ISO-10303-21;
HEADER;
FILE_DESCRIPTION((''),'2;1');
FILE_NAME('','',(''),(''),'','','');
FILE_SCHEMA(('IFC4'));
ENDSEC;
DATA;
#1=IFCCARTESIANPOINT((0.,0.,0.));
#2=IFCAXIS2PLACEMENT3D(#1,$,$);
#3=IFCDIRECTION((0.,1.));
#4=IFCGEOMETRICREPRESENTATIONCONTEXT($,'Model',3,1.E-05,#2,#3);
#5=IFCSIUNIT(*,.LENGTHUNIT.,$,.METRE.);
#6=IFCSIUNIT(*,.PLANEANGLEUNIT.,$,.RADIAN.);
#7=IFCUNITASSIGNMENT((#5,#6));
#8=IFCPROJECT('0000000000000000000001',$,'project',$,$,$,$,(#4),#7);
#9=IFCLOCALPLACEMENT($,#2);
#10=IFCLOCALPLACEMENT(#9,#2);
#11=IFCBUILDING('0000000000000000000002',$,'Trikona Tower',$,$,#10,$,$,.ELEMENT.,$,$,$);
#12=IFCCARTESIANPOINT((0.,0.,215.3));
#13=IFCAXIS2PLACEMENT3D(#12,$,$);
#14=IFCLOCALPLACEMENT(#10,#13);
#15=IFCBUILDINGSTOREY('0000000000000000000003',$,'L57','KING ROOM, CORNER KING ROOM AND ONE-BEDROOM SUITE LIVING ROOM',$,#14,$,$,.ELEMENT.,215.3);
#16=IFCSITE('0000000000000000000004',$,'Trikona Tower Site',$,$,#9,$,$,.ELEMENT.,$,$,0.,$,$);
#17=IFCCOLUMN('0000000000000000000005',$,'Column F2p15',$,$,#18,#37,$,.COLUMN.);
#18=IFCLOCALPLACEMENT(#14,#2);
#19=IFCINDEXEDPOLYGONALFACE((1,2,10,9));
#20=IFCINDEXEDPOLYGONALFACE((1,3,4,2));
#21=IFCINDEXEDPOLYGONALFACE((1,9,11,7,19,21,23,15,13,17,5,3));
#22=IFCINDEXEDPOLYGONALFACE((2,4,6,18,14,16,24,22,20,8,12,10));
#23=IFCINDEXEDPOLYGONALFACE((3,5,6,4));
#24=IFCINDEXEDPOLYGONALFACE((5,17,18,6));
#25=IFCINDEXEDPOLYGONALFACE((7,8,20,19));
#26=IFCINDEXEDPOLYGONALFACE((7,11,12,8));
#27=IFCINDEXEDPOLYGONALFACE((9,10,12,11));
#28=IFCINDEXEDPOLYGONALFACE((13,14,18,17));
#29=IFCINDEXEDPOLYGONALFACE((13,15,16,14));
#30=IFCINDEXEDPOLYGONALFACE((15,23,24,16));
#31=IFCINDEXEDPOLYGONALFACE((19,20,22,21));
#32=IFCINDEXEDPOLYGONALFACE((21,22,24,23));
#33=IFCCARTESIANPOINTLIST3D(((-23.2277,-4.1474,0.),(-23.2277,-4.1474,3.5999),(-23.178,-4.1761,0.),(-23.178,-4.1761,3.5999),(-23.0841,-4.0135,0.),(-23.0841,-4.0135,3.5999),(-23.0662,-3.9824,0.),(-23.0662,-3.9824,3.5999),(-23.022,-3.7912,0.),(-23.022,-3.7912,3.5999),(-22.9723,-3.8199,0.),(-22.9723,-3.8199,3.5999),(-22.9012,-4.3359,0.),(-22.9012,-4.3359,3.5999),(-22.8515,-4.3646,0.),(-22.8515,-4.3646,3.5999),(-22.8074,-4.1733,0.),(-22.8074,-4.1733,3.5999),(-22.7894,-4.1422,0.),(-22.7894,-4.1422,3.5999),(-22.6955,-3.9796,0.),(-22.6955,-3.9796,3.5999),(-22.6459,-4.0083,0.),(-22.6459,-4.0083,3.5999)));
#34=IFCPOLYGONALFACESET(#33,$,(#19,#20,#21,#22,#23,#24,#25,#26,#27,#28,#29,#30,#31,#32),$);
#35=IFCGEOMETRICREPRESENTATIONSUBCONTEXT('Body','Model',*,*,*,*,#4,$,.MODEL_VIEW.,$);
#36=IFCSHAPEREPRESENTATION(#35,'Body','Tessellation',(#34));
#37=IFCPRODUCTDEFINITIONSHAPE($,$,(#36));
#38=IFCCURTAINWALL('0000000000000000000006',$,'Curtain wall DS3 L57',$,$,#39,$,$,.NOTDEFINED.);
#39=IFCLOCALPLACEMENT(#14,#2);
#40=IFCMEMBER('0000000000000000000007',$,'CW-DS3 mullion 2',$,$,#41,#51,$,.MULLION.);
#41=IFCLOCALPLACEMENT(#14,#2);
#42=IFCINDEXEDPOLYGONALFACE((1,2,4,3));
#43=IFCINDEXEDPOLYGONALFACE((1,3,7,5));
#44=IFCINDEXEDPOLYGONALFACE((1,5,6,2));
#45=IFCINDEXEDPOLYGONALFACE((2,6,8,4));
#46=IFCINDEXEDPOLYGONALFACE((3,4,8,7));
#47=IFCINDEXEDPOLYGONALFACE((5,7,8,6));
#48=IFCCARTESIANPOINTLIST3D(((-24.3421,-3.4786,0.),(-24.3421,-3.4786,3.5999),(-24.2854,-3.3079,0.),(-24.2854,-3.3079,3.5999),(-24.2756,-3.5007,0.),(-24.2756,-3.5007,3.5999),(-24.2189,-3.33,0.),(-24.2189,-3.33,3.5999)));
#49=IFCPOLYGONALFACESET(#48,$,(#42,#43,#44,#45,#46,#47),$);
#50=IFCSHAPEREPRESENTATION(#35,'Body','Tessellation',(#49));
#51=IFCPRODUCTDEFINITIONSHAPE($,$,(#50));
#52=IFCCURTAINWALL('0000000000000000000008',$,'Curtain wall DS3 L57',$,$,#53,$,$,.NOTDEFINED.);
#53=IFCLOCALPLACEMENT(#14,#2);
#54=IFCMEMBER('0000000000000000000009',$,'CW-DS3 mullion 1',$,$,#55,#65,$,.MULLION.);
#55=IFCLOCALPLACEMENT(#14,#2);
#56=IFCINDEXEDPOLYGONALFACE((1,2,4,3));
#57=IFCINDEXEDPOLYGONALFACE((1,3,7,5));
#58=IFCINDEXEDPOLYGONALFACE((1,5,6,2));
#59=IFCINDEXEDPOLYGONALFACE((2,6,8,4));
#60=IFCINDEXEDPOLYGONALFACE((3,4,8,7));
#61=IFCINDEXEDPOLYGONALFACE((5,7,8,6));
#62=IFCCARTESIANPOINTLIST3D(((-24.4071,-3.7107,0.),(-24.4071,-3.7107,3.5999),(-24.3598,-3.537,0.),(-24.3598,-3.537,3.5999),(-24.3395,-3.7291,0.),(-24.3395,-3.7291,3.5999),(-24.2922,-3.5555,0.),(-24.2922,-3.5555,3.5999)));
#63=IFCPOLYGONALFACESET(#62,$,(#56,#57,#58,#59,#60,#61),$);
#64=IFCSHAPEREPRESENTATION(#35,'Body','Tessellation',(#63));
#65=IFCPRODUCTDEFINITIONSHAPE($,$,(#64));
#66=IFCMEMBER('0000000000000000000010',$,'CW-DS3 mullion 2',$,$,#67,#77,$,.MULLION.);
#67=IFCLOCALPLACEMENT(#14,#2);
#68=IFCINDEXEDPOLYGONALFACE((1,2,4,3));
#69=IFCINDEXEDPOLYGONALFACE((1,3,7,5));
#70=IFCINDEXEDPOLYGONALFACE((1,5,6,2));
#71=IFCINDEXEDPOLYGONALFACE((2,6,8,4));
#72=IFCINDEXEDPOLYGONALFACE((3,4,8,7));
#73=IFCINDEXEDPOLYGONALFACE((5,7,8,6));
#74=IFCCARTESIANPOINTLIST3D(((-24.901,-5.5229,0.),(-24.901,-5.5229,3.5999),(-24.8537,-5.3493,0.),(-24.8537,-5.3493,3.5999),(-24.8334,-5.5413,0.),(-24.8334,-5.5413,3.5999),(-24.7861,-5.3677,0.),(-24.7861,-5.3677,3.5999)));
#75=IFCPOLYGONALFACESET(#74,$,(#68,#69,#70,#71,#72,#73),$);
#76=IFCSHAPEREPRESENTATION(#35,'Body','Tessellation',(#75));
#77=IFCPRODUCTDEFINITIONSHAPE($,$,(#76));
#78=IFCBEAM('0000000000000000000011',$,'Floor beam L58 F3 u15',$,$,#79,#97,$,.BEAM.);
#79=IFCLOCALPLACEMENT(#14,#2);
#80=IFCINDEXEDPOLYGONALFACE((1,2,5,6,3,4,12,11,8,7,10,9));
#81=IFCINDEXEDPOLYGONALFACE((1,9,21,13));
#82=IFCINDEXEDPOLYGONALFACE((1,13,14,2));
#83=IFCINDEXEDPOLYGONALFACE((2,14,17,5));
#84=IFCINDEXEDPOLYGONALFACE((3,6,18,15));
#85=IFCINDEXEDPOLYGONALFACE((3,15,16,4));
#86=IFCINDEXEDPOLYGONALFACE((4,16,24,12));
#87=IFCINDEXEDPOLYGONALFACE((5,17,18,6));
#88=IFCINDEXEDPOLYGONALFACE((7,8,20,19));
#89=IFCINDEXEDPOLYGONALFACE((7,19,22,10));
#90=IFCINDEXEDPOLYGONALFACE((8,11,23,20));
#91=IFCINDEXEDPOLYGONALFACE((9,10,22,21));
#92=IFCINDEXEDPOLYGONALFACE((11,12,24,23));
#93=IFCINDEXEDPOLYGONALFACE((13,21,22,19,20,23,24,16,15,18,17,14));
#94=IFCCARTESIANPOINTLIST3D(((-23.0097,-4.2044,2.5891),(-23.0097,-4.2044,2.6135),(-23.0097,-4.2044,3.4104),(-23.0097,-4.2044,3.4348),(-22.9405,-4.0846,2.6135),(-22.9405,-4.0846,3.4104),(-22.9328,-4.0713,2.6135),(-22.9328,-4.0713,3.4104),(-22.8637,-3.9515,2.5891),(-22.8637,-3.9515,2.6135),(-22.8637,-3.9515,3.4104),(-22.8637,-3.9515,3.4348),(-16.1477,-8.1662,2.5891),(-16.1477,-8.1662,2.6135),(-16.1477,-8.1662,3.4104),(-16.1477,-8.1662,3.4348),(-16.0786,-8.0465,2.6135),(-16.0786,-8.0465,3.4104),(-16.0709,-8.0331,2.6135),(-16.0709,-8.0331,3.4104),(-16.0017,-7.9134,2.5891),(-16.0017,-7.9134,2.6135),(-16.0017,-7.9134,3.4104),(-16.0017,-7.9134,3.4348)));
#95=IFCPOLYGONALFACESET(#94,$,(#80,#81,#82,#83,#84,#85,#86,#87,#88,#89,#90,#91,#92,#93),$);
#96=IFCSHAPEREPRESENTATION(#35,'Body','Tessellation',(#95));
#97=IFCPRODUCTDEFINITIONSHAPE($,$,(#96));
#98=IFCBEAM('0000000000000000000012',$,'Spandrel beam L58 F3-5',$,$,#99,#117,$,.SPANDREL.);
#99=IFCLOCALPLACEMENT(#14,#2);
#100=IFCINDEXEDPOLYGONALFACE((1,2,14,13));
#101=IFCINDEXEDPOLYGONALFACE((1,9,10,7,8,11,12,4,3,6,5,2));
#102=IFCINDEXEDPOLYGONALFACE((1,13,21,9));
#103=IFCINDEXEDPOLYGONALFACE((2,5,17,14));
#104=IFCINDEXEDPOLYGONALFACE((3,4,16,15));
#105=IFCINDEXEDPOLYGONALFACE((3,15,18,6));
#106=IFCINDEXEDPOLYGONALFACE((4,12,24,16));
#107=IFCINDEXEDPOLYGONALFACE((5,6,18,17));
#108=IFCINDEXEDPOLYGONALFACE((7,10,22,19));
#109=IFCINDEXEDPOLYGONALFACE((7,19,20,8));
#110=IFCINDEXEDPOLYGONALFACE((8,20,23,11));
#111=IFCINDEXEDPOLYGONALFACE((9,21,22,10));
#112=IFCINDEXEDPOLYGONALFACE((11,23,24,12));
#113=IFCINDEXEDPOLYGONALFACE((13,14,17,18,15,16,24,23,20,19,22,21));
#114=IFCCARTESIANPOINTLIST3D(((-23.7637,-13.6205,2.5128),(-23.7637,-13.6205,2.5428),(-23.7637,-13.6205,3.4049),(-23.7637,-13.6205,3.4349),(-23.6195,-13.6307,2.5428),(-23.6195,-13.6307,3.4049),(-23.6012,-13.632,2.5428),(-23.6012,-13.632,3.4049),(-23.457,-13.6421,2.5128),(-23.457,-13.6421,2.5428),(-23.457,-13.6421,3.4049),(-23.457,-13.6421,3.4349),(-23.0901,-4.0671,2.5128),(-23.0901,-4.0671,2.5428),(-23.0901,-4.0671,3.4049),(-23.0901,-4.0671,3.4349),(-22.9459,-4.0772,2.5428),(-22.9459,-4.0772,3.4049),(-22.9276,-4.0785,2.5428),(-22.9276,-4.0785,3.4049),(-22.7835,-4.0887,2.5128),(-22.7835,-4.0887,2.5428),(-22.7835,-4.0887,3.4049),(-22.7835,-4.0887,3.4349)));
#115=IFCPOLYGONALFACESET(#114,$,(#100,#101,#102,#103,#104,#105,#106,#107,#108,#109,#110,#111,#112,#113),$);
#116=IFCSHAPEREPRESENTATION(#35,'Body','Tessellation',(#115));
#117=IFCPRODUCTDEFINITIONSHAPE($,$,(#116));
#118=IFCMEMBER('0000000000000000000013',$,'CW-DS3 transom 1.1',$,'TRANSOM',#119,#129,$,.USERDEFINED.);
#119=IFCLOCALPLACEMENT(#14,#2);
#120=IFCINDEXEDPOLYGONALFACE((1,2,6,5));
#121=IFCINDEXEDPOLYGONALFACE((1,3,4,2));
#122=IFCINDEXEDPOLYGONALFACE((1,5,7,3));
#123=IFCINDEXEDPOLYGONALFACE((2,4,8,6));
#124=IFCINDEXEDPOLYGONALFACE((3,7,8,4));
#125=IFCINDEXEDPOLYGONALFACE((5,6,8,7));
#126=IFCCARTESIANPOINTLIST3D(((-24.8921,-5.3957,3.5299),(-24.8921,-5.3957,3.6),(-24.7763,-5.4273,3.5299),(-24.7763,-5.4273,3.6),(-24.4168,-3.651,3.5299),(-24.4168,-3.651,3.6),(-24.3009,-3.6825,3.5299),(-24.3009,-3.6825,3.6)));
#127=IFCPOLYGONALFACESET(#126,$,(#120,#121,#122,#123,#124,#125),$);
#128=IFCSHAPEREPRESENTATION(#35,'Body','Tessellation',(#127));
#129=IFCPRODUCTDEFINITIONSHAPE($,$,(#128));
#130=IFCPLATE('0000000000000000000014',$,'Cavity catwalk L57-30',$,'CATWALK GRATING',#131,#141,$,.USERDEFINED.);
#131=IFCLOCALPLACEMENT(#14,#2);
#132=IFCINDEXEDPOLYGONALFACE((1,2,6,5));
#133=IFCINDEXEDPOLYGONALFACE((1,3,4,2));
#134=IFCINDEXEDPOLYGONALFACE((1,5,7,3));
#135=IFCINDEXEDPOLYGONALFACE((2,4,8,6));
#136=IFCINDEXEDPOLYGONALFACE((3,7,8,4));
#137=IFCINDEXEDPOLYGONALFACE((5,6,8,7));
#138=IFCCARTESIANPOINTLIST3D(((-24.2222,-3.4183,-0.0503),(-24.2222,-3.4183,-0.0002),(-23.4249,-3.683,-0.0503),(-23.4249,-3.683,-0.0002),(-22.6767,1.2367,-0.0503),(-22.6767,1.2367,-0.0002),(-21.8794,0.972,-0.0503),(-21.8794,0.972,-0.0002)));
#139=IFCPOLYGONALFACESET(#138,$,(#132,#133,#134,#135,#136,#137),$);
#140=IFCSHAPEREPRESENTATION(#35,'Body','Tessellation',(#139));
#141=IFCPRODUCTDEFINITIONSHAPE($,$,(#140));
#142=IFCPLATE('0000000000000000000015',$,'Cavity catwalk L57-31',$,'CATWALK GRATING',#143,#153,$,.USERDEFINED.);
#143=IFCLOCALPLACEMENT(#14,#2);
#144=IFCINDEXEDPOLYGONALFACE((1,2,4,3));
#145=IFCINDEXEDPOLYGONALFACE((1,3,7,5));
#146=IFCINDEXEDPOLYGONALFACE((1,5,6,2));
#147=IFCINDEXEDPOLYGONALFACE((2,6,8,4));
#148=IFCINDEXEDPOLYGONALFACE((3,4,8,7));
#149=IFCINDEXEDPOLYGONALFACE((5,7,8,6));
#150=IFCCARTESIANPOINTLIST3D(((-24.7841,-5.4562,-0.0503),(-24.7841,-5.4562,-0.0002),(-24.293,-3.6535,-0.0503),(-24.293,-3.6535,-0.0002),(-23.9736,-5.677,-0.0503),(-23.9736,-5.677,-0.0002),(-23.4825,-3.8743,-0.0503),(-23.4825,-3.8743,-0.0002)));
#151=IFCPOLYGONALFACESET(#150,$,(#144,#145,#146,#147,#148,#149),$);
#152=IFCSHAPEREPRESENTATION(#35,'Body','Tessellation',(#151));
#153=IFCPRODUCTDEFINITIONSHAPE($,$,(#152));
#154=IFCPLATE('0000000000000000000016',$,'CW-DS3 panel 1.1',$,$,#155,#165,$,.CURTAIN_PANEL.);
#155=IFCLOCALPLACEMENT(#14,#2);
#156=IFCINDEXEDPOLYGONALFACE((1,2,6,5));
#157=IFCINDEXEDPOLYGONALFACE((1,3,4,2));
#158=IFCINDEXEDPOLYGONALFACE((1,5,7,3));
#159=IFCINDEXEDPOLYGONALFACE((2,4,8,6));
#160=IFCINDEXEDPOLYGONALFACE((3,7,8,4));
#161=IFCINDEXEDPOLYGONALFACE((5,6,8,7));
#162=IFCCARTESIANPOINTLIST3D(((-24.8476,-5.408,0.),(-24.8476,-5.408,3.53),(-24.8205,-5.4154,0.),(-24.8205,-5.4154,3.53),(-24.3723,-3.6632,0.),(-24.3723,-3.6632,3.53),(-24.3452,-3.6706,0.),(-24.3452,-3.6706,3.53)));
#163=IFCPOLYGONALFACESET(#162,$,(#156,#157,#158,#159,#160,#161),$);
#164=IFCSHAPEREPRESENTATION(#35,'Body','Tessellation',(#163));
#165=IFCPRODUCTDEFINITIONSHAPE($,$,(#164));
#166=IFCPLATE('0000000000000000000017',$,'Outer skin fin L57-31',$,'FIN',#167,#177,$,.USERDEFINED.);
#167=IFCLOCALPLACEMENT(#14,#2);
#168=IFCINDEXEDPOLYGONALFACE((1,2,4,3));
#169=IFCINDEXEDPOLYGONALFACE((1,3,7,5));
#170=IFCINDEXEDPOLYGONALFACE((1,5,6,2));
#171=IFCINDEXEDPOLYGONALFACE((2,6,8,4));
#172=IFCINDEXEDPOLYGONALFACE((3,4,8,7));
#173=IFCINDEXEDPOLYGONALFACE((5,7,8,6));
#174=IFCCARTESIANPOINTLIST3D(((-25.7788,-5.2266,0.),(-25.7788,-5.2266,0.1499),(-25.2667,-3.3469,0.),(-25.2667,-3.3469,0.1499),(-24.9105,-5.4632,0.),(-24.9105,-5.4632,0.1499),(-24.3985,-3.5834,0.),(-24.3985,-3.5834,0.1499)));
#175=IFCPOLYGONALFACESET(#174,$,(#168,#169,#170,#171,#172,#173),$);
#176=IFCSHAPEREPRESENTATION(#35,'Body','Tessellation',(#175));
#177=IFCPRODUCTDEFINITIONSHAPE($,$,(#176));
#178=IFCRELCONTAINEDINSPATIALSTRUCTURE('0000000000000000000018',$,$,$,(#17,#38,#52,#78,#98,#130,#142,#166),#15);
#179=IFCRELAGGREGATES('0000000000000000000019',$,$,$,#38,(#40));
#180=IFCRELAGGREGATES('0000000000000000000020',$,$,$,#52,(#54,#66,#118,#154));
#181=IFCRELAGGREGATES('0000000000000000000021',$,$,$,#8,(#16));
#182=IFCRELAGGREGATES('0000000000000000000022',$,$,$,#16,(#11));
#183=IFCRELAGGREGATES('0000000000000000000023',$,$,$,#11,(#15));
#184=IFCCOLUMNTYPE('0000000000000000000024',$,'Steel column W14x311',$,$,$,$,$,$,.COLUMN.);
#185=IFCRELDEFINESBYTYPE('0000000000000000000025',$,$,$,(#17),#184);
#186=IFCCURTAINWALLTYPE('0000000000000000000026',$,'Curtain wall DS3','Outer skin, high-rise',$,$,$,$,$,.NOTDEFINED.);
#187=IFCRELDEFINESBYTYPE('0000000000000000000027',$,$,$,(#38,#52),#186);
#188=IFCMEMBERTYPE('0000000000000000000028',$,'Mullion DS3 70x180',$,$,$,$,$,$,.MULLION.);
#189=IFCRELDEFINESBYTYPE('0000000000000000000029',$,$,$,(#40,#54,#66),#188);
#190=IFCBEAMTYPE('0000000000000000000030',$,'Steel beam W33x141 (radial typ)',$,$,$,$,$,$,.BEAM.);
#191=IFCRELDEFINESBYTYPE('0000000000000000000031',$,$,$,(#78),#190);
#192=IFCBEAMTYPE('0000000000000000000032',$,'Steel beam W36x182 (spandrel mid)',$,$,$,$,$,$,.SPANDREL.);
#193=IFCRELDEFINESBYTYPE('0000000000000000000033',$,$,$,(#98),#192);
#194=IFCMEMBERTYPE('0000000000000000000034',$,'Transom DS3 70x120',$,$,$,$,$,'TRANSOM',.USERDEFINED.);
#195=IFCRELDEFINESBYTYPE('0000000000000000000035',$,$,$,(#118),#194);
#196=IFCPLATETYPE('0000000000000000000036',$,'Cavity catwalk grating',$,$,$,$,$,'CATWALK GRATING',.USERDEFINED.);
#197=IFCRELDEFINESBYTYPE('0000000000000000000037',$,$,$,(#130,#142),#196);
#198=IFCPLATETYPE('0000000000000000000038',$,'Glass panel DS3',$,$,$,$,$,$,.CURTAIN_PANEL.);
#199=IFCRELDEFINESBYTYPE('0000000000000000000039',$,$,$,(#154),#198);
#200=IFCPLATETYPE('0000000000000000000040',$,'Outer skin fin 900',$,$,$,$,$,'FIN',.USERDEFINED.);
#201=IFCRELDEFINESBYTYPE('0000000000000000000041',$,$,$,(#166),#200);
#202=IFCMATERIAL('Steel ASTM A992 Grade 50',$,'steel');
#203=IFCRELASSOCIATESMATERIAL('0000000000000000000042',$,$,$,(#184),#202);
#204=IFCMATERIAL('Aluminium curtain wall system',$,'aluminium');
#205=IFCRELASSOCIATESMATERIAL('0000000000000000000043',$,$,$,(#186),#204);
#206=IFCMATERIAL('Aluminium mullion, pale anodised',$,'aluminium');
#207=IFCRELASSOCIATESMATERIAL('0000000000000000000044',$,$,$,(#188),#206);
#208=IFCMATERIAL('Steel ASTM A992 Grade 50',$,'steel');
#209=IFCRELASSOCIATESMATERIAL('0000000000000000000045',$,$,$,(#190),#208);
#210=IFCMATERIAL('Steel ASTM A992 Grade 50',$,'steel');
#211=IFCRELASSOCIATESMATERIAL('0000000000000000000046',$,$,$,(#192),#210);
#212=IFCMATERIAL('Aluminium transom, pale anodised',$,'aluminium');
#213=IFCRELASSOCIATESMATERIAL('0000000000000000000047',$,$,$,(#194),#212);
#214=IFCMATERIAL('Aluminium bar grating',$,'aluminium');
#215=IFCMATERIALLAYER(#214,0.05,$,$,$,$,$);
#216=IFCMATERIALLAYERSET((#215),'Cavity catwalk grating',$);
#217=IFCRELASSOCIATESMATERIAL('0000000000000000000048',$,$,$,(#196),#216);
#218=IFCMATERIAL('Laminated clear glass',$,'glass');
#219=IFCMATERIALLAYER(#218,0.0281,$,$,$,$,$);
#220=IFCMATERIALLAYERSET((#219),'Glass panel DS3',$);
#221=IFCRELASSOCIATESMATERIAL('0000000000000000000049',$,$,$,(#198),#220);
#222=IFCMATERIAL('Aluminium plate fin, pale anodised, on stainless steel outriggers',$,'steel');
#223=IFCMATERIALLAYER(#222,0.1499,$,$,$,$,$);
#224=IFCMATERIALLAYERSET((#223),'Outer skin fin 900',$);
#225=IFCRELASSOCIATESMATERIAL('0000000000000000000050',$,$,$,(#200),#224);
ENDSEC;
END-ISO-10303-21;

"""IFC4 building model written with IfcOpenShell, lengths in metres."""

from ifc_helpers import new_model, si_unit, direction, frame, origin, origin_2d, place, context, subcontext, project, spatial, rectangle, i_section, extrude, material, layer, layer_set, material_profile, profile_set, type_object, element, aggregate, save


model = new_model("IFC4")

# Units and contexts
model_context = context("Model", 3, precision=1e-05, world=origin(), true_north=direction((0.0, 1.0)))
body_context = subcontext(model_context, "Body", "Model", "MODEL_VIEW")
ifc_project = project(units=[si_unit("LENGTHUNIT", "METRE"), si_unit("PLANEANGLEUNIT", "RADIAN")], contexts=[model_context])

# Site, building, storey
site_placement = place(None, origin())
site = spatial("IfcSite", under=ifc_project, at=site_placement, Name="Trikona Tower Site", CompositionType="ELEMENT", RefElevation=0.0)
building_placement = place(site_placement, origin())
building = spatial("IfcBuilding", under=site, at=building_placement, Name="Trikona Tower", CompositionType="ELEMENT")
storey_placement = place(building_placement, frame((0.0, 0.0, 215.3)))
storey = spatial("IfcBuildingStorey", under=building, at=storey_placement, Name="L57", Description="KING ROOM, CORNER KING ROOM AND ONE-BEDROOM SUITE LIVING ROOM", CompositionType="ELEMENT", Elevation=215.3)

# Column
ifc_material_1 = material(Name="Steel ASTM A992 Grade 50", Category="steel")
ifc_material_profile_1 = material_profile(ifc_material_1, i_section(OverallWidth=0.4114, OverallDepth=0.4343, WebThickness=0.0359, FlangeThickness=0.0574, at=origin_2d()), Name="W14X311")
ifc_profile_set_1 = profile_set([ifc_material_profile_1], Name="Steel ASTM A992 Grade 50")
column_type = type_object("IfcColumnType", Name="Steel column W14x311", PredefinedType="COLUMN", material=ifc_profile_set_1)
column_placement = place(storey_placement, frame((-22.9368, -4.0779, 0.0), z_axis=(0.0, 0.0, 1.0), x_axis=(-0.5, -0.866025, 0.0)))
element("IfcColumn", 1, at=column_placement, inside=storey, type_object=column_type, Name="Column F2p15", PredefinedType="COLUMN", context=body_context, shape_type="SweptSolid", body=[
    extrude(i_section(OverallWidth=0.4114, OverallDepth=0.4343, WebThickness=0.0359, FlangeThickness=0.0574, at=origin_2d()), origin(), (0.0, 0.0, 1.0), 3.5999),
])

# Curtain wall, member
ifc_material_2 = material(Name="Aluminium curtain wall system", Category="aluminium")
curtain_wall_type = type_object("IfcCurtainWallType", Name="Curtain wall DS3", Description="Outer skin, high-rise", PredefinedType="NOTDEFINED", material=ifc_material_2)
curtain_wall_1_placement = place(storey_placement, origin())
curtain_wall_1 = element("IfcCurtainWall", 2, at=curtain_wall_1_placement, inside=storey, type_object=curtain_wall_type, Name="Curtain wall DS3 L57", PredefinedType="NOTDEFINED")
ifc_material_3 = material(Name="Aluminium mullion, pale anodised", Category="aluminium")
ifc_material_profile_2 = material_profile(ifc_material_3, rectangle(XDim=0.0701, YDim=0.1799, at=origin_2d()), Name="MUL-DS3")
ifc_profile_set_2 = profile_set([ifc_material_profile_2], Name="Aluminium mullion, pale anodised")
member_type_1 = type_object("IfcMemberType", Name="Mullion DS3 70x180", PredefinedType="MULLION", material=ifc_profile_set_2)
member_1_placement = place(storey_placement, frame((-24.2805, -3.4043, 0.0), z_axis=(0.0, 0.0, 1.0), x_axis=(0.949066, -0.315078, 0.0)))
member_1 = element("IfcMember", 3, at=member_1_placement, type_object=member_type_1, Name="CW-DS3 mullion 2", PredefinedType="MULLION", context=body_context, shape_type="SweptSolid", body=[
    extrude(rectangle(XDim=0.0701, YDim=0.1799, at=origin_2d()), origin(), (0.0, 0.0, 1.0), 3.5999),
])
aggregate(curtain_wall_1, [member_1])

# Curtain wall, members
curtain_wall_2_placement = place(storey_placement, origin())
curtain_wall_2 = element("IfcCurtainWall", 4, at=curtain_wall_2_placement, inside=storey, type_object=curtain_wall_type, Name="Curtain wall DS3 L57", PredefinedType="NOTDEFINED")
member_2_placement = place(storey_placement, frame((-24.3496, -3.6331, 0.0), z_axis=(0.0, 0.0, 1.0), x_axis=(0.964838, -0.262844, 0.0)))
member_2 = element("IfcMember", 5, at=member_2_placement, type_object=member_type_1, Name="CW-DS3 mullion 1", PredefinedType="MULLION", context=body_context, shape_type="SweptSolid", body=[
    extrude(rectangle(XDim=0.0701, YDim=0.1799, at=origin_2d()), origin(), (0.0, 0.0, 1.0), 3.5999),
])
member_3_placement = place(storey_placement, frame((-24.8435, -5.4453, 0.0), z_axis=(0.0, 0.0, 1.0), x_axis=(0.964838, -0.262844, 0.0)))
member_3 = element("IfcMember", 6, at=member_3_placement, type_object=member_type_1, Name="CW-DS3 mullion 2", PredefinedType="MULLION", context=body_context, shape_type="SweptSolid", body=[
    extrude(rectangle(XDim=0.0701, YDim=0.1799, at=origin_2d()), origin(), (0.0, 0.0, 1.0), 3.5999),
])

# Beams
ifc_material_4 = material(Name="Steel ASTM A992 Grade 50", Category="steel")
ifc_material_profile_3 = material_profile(ifc_material_4, i_section(OverallWidth=0.292, OverallDepth=0.8457, WebThickness=0.0154, FlangeThickness=0.0244, at=origin_2d()), Name="W33X141")
ifc_profile_set_3 = profile_set([ifc_material_profile_3], Name="Steel ASTM A992 Grade 50")
beam_type_1 = type_object("IfcBeamType", Name="Steel beam W33x141 (radial typ)", PredefinedType="BEAM", material=ifc_profile_set_3)
beam_1_placement = place(storey_placement, frame((-16.0747, -8.0398, 3.012), z_axis=(-0.86602, 0.50001, 0.0), x_axis=(-0.50001, -0.86602, 0.0)))
element("IfcBeam", 7, at=beam_1_placement, inside=storey, type_object=beam_type_1, Name="Floor beam L58 F3 u15", PredefinedType="BEAM", context=body_context, shape_type="SweptSolid", body=[
    extrude(i_section(OverallWidth=0.292, OverallDepth=0.8457, WebThickness=0.0154, FlangeThickness=0.0244, at=origin_2d()), origin(), (0.0, 0.0, 1.0), 7.9236),
])
ifc_material_5 = material(Name="Steel ASTM A992 Grade 50", Category="steel")
ifc_material_profile_4 = material_profile(ifc_material_5, i_section(OverallWidth=0.3074, OverallDepth=0.9221, WebThickness=0.0183, FlangeThickness=0.03, at=origin_2d()), Name="W36X182")
ifc_profile_set_4 = profile_set([ifc_material_profile_4], Name="Steel ASTM A992 Grade 50")
beam_type_2 = type_object("IfcBeamType", Name="Steel beam W36x182 (spandrel mid)", PredefinedType="SPANDREL", material=ifc_profile_set_4)
beam_2_placement = place(storey_placement, frame((-22.9368, -4.0779, 2.9739), z_axis=(-0.070332, -0.997524, 0.0), x_axis=(0.997524, -0.070332, 0.0)))
element("IfcBeam", 8, at=beam_2_placement, inside=storey, type_object=beam_type_2, Name="Spandrel beam L58 F3-5", PredefinedType="SPANDREL", context=body_context, shape_type="SweptSolid", body=[
    extrude(i_section(OverallWidth=0.3074, OverallDepth=0.9221, WebThickness=0.0183, FlangeThickness=0.03, at=origin_2d()), origin(), (0.0, 0.0, 1.0), 9.5771),
])

# Member
ifc_material_6 = material(Name="Aluminium transom, pale anodised", Category="aluminium")
ifc_material_profile_5 = material_profile(ifc_material_6, rectangle(XDim=0.1201, YDim=0.0701, at=origin_2d()), Name="TRN-DS3")
ifc_profile_set_5 = profile_set([ifc_material_profile_5], Name="Aluminium transom, pale anodised")
member_type_2 = type_object("IfcMemberType", Name="Transom DS3 70x120", ElementType="TRANSOM", PredefinedType="USERDEFINED", material=ifc_profile_set_5)
member_4_placement = place(storey_placement, frame((-24.3589, -3.6667, 3.5649), z_axis=(-0.262843, -0.964839, 0.0), x_axis=(0.964839, -0.262843, 0.0)))
member_4 = element("IfcMember", 9, at=member_4_placement, type_object=member_type_2, Name="CW-DS3 transom 1.1", ObjectType="TRANSOM", PredefinedType="USERDEFINED", context=body_context, shape_type="SweptSolid", body=[
    extrude(rectangle(XDim=0.1201, YDim=0.0701, at=origin_2d()), origin(), (0.0, 0.0, 1.0), 1.8083),
])

# Plates
ifc_material_7 = material(Name="Aluminium bar grating", Category="aluminium")
ifc_layer_1 = layer(ifc_material_7, 0.05)
ifc_layer_set_1 = layer_set([ifc_layer_1], Name="Cavity catwalk grating")
plate_type_1 = type_object("IfcPlateType", Name="Cavity catwalk grating", ElementType="CATWALK GRATING", PredefinedType="USERDEFINED", material=ifc_layer_set_1)
plate_1_placement = place(storey_placement, frame((-23.0508, -1.2231, -0.0503), z_axis=(0.0, 0.0, 1.0), x_axis=(-0.315093, -0.949061, 0.0)))
element("IfcPlate", 10, at=plate_1_placement, inside=storey, type_object=plate_type_1, Name="Cavity catwalk L57-30", ObjectType="CATWALK GRATING", PredefinedType="USERDEFINED", context=body_context, shape_type="SweptSolid", body=[
    extrude(rectangle(XDim=4.9048, YDim=0.8401, at=origin_2d()), origin(), (0.0, 0.0, 1.0), 0.05),
])
plate_2_placement = place(storey_placement, frame((-24.1333, -4.6653, -0.0503), z_axis=(0.0, 0.0, 1.0), x_axis=(-0.262822, -0.964844, 0.0)))
element("IfcPlate", 11, at=plate_2_placement, inside=storey, type_object=plate_type_1, Name="Cavity catwalk L57-31", ObjectType="CATWALK GRATING", PredefinedType="USERDEFINED", context=body_context, shape_type="SweptSolid", body=[
    extrude(rectangle(XDim=1.8684, YDim=0.8401, at=origin_2d()), origin(), (0.0, 0.0, 1.0), 0.05),
])

# Plates
ifc_material_8 = material(Name="Laminated clear glass", Category="glass")
ifc_layer_2 = layer(ifc_material_8, 0.0281)
ifc_layer_set_2 = layer_set([ifc_layer_2], Name="Glass panel DS3")
plate_type_2 = type_object("IfcPlateType", Name="Glass panel DS3", PredefinedType="CURTAIN_PANEL", material=ifc_layer_set_2)
plate_3_placement = place(storey_placement, frame((-24.5964, -4.5393, 0.0), z_axis=(0.0, 0.0, 1.0), x_axis=(-0.262844, -0.964838, 0.0)))
plate_3 = element("IfcPlate", 12, at=plate_3_placement, type_object=plate_type_2, Name="CW-DS3 panel 1.1", PredefinedType="CURTAIN_PANEL", context=body_context, shape_type="SweptSolid", body=[
    extrude(rectangle(XDim=1.8083, YDim=0.0281, at=origin_2d()), origin(), (0.0, 0.0, 1.0), 3.53),
])
aggregate(curtain_wall_2, [member_2, member_3, member_4, plate_3])
ifc_material_9 = material(Name="Aluminium plate fin, pale anodised, on stainless steel outriggers", Category="steel")
ifc_layer_3 = layer(ifc_material_9, 0.1499)
ifc_layer_set_3 = layer_set([ifc_layer_3], Name="Outer skin fin 900")
plate_type_3 = type_object("IfcPlateType", Name="Outer skin fin 900", ElementType="FIN", PredefinedType="USERDEFINED", material=ifc_layer_set_3)
plate_4_placement = place(storey_placement, frame((-25.0886, -4.405, 0.0), z_axis=(0.0, 0.0, 1.0), x_axis=(-0.262822, -0.964844, 0.0)))
element("IfcPlate", 13, at=plate_4_placement, inside=storey, type_object=plate_type_3, Name="Outer skin fin L57-31", ObjectType="FIN", PredefinedType="USERDEFINED", context=body_context, shape_type="SweptSolid", body=[
    extrude(rectangle(XDim=1.9482, YDim=0.8999, at=origin_2d()), origin(), (0.0, 0.0, 1.0), 0.1499),
])

save(model, "model.ifc")
